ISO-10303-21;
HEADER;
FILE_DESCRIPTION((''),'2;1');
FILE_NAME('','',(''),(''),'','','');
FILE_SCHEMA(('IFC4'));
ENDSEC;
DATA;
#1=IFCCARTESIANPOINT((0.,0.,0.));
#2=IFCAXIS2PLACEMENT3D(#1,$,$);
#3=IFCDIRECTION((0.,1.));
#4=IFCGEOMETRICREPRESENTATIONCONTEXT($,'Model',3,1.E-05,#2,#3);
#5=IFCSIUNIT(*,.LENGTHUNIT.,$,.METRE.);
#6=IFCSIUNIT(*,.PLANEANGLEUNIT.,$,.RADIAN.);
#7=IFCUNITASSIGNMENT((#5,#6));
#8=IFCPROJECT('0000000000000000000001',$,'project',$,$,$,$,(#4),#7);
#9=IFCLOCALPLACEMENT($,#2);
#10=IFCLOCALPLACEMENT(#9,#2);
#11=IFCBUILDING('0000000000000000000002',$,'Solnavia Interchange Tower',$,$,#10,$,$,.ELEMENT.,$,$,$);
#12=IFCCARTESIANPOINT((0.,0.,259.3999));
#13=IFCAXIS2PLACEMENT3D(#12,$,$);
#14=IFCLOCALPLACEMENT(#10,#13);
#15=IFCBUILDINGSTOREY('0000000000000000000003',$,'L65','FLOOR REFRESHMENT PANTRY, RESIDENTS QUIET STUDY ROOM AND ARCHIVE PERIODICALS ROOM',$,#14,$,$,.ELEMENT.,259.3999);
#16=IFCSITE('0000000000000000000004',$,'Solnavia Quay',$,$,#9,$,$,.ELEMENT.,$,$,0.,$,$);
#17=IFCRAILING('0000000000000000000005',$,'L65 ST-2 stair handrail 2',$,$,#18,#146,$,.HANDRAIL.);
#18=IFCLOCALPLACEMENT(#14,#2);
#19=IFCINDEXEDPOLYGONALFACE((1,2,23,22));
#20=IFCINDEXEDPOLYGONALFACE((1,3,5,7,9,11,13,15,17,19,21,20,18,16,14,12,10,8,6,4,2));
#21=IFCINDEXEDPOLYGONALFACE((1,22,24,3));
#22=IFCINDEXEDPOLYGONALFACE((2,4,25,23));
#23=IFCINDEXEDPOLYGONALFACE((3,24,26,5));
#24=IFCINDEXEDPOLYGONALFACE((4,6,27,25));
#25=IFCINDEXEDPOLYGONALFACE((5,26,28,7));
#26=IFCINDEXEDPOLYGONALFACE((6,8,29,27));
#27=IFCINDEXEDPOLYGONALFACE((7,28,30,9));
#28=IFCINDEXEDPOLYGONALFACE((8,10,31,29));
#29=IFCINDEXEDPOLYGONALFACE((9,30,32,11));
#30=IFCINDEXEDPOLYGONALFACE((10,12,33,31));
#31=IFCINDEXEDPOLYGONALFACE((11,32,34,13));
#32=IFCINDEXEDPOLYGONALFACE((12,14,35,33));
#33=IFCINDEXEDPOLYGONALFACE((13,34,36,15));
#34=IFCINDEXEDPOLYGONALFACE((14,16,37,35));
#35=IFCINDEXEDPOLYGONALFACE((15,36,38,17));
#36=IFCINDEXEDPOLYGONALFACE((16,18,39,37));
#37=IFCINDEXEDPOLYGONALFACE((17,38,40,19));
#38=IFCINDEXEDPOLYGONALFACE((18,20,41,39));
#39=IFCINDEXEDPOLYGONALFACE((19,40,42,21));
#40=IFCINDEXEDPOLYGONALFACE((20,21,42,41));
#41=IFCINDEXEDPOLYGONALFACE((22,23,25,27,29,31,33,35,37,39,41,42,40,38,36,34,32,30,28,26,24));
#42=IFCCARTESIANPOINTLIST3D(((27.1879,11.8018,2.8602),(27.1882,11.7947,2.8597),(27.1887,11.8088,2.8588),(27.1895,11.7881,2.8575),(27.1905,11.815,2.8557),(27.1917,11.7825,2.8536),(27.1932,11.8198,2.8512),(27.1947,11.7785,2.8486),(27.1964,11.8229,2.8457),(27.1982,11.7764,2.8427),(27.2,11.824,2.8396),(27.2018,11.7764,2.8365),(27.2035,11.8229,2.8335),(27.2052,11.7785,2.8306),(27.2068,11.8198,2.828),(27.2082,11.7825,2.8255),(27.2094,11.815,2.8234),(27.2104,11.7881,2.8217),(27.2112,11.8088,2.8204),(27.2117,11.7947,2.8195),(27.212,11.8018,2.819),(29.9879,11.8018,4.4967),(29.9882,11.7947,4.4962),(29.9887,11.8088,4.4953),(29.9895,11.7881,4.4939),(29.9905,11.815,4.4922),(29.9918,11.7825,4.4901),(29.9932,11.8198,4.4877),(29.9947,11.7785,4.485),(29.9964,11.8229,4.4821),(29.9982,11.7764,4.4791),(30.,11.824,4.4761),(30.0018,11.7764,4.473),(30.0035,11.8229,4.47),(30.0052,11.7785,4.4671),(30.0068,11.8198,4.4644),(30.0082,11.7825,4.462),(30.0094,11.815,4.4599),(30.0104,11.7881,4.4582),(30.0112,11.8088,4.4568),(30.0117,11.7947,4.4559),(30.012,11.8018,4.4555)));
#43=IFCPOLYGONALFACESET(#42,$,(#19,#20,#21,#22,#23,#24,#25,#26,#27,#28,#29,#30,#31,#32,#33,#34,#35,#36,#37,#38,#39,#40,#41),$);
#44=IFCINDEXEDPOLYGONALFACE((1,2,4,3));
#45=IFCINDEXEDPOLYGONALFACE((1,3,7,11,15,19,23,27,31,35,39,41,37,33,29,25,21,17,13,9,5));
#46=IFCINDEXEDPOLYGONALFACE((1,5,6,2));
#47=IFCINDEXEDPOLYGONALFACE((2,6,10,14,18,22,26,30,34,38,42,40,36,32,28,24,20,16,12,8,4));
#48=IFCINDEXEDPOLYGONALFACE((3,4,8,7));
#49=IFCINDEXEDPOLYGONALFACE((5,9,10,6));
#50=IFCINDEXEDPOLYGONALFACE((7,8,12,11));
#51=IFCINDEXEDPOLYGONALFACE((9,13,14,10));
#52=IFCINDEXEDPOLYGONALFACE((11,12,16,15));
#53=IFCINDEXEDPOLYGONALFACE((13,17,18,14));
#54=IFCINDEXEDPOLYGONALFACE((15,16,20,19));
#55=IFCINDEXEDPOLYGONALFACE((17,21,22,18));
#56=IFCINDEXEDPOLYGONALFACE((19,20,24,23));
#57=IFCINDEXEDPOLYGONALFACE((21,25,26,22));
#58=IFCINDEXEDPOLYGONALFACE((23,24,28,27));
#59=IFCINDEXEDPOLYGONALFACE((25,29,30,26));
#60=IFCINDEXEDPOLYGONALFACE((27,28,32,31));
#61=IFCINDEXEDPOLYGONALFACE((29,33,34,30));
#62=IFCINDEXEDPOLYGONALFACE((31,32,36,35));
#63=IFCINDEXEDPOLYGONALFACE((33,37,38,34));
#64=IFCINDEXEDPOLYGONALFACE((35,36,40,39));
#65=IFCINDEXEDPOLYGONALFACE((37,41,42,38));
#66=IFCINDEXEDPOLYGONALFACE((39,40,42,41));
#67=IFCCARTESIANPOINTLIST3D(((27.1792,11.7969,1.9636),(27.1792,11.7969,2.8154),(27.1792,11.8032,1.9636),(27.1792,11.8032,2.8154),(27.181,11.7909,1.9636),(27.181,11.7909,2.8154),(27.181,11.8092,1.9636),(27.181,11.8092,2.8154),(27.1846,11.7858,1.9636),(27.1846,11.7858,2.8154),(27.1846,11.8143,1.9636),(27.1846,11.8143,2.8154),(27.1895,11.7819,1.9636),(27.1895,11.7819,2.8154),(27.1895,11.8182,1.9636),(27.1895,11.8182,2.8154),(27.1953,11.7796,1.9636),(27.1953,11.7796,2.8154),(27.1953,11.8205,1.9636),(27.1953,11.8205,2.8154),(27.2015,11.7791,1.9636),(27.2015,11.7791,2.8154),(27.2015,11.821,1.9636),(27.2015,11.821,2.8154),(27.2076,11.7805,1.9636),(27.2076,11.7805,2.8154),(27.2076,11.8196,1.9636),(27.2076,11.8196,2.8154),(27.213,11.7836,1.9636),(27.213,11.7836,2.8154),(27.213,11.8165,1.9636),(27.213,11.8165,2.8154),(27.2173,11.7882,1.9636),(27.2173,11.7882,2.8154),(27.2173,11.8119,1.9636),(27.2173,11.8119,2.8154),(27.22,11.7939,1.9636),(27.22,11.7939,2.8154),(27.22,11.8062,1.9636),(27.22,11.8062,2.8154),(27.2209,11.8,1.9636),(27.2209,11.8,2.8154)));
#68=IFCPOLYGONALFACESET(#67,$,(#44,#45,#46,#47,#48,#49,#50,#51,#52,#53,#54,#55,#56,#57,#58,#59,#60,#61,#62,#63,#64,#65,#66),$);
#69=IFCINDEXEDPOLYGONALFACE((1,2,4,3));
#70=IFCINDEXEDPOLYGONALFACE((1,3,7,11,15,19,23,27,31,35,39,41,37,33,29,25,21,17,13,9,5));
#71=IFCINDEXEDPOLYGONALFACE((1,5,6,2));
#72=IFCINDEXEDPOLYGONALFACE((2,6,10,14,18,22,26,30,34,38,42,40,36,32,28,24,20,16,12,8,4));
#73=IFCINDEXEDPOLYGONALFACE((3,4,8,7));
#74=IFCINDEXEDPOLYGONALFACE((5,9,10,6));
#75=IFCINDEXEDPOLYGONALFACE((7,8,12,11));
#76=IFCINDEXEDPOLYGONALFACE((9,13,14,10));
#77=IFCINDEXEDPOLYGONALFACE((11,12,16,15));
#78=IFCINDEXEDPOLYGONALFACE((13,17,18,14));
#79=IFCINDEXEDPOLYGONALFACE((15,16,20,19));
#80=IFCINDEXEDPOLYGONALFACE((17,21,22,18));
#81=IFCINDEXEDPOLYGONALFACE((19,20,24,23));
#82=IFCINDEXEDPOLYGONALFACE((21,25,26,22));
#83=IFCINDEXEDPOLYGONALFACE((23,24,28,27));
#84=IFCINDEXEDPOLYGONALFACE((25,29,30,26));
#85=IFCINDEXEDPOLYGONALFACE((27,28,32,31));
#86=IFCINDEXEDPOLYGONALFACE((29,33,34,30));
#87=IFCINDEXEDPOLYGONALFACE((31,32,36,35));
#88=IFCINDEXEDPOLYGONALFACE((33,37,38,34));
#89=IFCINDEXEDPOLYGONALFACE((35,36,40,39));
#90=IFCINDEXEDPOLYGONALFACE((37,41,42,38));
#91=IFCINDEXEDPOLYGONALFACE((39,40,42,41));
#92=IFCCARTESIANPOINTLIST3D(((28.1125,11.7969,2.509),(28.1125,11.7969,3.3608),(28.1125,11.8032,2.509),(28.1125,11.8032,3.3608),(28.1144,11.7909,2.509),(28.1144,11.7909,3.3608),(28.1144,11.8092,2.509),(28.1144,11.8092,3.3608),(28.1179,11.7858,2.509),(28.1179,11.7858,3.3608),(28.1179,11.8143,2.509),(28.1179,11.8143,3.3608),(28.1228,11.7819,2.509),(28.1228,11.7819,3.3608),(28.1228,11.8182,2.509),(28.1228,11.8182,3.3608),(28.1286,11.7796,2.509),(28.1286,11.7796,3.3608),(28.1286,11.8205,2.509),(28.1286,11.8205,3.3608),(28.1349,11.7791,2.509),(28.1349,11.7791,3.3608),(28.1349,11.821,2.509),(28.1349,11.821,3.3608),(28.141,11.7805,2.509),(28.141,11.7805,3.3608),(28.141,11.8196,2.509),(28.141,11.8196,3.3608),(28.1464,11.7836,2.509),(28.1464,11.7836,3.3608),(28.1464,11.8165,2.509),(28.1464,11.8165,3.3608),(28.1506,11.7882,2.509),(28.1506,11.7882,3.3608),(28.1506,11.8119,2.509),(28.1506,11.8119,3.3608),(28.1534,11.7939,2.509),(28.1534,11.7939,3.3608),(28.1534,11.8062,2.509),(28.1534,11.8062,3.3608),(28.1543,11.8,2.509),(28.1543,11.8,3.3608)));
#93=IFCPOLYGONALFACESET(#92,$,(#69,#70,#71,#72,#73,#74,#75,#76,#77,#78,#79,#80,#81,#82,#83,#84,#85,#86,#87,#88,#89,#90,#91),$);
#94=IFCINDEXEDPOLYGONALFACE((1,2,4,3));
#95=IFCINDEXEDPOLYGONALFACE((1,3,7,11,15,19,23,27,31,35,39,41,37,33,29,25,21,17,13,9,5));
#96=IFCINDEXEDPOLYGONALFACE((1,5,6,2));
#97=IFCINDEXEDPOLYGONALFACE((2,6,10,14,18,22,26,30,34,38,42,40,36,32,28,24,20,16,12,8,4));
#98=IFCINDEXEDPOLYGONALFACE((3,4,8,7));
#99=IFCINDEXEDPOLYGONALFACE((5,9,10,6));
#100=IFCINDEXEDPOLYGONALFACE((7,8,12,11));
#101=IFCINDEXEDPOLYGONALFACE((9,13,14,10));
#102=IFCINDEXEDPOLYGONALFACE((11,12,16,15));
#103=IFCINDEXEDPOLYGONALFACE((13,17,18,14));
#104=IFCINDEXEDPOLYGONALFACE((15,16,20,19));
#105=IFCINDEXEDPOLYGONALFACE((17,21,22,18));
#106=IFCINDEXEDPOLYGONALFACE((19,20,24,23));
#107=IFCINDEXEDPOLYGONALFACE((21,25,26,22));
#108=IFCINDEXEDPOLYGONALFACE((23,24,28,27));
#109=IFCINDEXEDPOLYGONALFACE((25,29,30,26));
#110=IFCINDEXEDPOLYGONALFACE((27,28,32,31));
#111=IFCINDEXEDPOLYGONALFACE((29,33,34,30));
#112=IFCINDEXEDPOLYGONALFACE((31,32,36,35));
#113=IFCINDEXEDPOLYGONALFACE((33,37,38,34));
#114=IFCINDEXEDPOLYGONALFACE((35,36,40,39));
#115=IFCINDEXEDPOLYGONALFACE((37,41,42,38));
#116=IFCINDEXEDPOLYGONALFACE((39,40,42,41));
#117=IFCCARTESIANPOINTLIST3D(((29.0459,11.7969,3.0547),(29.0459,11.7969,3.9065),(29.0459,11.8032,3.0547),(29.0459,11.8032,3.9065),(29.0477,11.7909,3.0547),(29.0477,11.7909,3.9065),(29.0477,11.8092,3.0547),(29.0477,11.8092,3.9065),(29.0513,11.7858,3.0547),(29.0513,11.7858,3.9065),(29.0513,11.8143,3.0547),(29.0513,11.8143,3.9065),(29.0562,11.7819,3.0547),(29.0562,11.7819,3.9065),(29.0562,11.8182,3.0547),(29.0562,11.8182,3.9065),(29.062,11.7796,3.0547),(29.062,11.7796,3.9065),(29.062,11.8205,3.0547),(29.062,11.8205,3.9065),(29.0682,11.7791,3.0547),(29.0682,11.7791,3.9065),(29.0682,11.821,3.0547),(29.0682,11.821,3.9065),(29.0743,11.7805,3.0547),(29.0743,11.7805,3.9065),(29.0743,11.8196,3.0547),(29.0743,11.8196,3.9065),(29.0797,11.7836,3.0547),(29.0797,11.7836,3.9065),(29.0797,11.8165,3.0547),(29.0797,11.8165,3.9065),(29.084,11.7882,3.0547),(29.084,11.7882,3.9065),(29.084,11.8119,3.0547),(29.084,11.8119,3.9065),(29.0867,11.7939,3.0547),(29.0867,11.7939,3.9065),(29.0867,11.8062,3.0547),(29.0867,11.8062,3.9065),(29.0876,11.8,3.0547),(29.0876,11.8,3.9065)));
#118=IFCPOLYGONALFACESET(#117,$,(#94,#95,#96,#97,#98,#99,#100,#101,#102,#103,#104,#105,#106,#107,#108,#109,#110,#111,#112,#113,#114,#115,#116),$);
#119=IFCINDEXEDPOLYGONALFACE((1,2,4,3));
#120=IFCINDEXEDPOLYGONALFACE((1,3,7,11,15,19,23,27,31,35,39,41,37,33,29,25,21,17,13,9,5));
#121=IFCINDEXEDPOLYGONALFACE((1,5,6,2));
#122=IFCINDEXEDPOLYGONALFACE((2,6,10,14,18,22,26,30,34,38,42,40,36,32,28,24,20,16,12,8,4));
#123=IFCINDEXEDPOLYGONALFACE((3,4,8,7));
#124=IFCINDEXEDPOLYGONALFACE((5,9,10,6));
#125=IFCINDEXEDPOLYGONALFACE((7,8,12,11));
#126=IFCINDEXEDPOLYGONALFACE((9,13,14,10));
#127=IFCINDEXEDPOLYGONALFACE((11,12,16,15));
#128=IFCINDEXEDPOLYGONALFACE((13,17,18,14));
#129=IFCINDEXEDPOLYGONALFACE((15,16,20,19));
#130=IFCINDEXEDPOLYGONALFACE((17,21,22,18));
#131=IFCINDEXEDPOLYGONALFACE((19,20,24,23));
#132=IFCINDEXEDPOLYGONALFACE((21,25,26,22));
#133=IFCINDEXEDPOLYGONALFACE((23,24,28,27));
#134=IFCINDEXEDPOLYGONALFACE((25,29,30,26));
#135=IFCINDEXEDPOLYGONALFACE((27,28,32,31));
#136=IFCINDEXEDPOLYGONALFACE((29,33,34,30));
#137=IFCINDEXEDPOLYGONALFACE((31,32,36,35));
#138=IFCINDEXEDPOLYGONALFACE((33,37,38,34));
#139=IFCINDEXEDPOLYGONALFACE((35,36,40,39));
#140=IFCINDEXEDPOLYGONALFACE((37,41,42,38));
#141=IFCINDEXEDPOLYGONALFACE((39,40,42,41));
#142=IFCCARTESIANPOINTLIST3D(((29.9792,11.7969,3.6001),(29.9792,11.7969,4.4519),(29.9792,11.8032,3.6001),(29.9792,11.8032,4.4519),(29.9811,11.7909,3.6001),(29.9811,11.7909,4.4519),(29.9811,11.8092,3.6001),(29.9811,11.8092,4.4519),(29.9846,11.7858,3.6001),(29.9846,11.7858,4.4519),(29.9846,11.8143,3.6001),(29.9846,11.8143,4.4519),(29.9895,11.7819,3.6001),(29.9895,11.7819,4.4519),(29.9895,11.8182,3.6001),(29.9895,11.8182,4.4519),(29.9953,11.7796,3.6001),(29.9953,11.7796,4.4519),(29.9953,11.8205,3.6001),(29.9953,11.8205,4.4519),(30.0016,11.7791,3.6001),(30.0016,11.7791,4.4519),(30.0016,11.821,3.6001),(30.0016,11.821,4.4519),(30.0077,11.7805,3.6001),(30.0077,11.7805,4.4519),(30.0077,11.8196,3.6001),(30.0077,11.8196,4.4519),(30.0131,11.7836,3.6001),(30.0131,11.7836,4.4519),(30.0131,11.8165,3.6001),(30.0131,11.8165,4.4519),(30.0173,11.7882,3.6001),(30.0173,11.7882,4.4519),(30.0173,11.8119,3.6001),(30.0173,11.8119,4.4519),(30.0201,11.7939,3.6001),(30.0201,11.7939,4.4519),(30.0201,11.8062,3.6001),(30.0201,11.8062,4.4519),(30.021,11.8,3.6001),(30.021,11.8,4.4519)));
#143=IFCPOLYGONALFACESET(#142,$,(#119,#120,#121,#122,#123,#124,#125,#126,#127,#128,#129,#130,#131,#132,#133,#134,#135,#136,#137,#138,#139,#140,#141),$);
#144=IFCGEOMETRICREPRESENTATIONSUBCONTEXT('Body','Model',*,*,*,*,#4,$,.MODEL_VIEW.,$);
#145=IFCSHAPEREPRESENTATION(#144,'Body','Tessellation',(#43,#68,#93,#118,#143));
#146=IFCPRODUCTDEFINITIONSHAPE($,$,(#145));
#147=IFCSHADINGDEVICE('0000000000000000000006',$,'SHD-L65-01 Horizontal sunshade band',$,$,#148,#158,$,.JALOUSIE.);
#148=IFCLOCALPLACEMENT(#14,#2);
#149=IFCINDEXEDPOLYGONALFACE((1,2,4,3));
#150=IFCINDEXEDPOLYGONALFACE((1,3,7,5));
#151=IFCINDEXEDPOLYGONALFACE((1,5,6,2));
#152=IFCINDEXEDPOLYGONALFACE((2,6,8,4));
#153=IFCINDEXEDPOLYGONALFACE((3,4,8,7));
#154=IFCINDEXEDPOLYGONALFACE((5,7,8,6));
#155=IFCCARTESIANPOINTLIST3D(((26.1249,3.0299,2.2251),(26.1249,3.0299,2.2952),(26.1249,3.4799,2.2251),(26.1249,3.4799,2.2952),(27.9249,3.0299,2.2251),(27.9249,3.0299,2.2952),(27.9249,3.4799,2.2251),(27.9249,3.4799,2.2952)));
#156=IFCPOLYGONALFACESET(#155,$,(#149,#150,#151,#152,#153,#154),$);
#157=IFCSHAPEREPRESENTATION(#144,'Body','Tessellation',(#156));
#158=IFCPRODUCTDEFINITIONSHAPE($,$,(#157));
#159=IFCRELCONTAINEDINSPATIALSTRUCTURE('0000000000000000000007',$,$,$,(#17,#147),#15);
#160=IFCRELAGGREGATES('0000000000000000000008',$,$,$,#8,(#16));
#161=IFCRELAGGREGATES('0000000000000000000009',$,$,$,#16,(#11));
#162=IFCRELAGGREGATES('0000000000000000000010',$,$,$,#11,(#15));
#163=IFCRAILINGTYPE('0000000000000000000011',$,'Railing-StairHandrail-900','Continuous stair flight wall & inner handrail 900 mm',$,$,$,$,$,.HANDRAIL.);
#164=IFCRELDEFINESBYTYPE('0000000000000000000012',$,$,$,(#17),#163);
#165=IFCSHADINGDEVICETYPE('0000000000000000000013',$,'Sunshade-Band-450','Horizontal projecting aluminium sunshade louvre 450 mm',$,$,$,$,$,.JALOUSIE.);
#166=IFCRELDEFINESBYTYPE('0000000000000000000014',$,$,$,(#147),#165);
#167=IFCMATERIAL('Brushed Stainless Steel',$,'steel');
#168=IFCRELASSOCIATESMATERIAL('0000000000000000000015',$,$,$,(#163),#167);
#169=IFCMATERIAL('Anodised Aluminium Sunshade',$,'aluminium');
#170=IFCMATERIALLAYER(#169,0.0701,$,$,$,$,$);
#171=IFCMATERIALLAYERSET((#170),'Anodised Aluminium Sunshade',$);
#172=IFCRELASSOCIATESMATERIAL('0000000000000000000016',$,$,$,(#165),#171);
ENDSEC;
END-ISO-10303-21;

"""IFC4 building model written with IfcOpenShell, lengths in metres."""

from ifc_helpers import new_model, si_unit, direction, frame, origin, origin_2d, place, context, subcontext, project, spatial, rectangle, circle, extrude, material, layer, layer_set, type_object, element, save


model = new_model("IFC4")

# Units and contexts
model_context = context("Model", 3, precision=1e-05, world=origin(), true_north=direction((0.0, 1.0)))
body_context = subcontext(model_context, "Body", "Model", "MODEL_VIEW")
ifc_project = project(units=[si_unit("LENGTHUNIT", "METRE"), si_unit("PLANEANGLEUNIT", "RADIAN")], contexts=[model_context])

# Site, building, storey
site_placement = place(None, origin())
site = spatial("IfcSite", under=ifc_project, at=site_placement, Name="Solnavia Quay", CompositionType="ELEMENT", RefElevation=0.0)
building_placement = place(site_placement, origin())
building = spatial("IfcBuilding", under=site, at=building_placement, Name="Solnavia Interchange Tower", CompositionType="ELEMENT")
storey_placement = place(building_placement, frame((0.0, 0.0, 259.3999)))
storey = spatial("IfcBuildingStorey", under=building, at=storey_placement, Name="L65", Description="FLOOR REFRESHMENT PANTRY, RESIDENTS QUIET STUDY ROOM AND ARCHIVE PERIODICALS ROOM", CompositionType="ELEMENT", Elevation=259.3999)

# Railing
ifc_material_1 = material(Name="Brushed Stainless Steel", Category="steel")
railing_type_1 = type_object("IfcRailingType", Name="Railing-StairHandrail-900", Description="Continuous stair flight wall & inner handrail 900 mm", PredefinedType="HANDRAIL", material=ifc_material_1)
railing_1_placement = place(storey_placement, frame((27.2, 11.8, 1.9636)))
element("IfcRailing", 1, at=railing_1_placement, inside=storey, type_object=railing_type_1, Name="L65 ST-2 stair handrail 2", PredefinedType="HANDRAIL", context=body_context, shape_type="SweptSolid", body=[
    extrude(circle(Radius=0.0239, at=origin_2d()), frame((0.0, 0.0, 0.876), z_axis=(0.863361, 0.0, 0.504587), x_axis=(0.0, 1.0, 0.0)), (0.0, 0.0, 1.0), 3.2432),
    extrude(circle(Radius=0.021, at=origin_2d()), origin(), (0.0, 0.0, 1.0), 0.8518),
    extrude(circle(Radius=0.021, at=origin_2d()), frame((0.9333, 0.0, 0.5454)), (0.0, 0.0, 1.0), 0.8518),
    extrude(circle(Radius=0.021, at=origin_2d()), frame((1.8667, 0.0, 1.0911)), (0.0, 0.0, 1.0), 0.8518),
    extrude(circle(Radius=0.021, at=origin_2d()), frame((2.8, 0.0, 1.6365)), (0.0, 0.0, 1.0), 0.8518),
])

# Shading device
ifc_material_2 = material(Name="Anodised Aluminium Sunshade", Category="aluminium")
ifc_layer_1 = layer(ifc_material_2, 0.0701)
ifc_layer_set_1 = layer_set([ifc_layer_1], Name="Anodised Aluminium Sunshade")
shading_device_type = type_object("IfcShadingDeviceType", Name="Sunshade-Band-450", Description="Horizontal projecting aluminium sunshade louvre 450 mm", PredefinedType="JALOUSIE", material=ifc_layer_set_1)
shading_device_placement = place(storey_placement, frame((27.0249, 3.2549, 2.2251), z_axis=(0.0, 0.0, 1.0), x_axis=(-1.0, 0.0, 0.0)))
element("IfcShadingDevice", 2, at=shading_device_placement, inside=storey, type_object=shading_device_type, Name="SHD-L65-01 Horizontal sunshade band", PredefinedType="JALOUSIE", context=body_context, shape_type="SweptSolid", body=[
    extrude(rectangle(XDim=1.8, YDim=0.45, at=origin_2d()), origin(), (0.0, 0.0, 1.0), 0.0701),
])

save(model, "model.ifc")
